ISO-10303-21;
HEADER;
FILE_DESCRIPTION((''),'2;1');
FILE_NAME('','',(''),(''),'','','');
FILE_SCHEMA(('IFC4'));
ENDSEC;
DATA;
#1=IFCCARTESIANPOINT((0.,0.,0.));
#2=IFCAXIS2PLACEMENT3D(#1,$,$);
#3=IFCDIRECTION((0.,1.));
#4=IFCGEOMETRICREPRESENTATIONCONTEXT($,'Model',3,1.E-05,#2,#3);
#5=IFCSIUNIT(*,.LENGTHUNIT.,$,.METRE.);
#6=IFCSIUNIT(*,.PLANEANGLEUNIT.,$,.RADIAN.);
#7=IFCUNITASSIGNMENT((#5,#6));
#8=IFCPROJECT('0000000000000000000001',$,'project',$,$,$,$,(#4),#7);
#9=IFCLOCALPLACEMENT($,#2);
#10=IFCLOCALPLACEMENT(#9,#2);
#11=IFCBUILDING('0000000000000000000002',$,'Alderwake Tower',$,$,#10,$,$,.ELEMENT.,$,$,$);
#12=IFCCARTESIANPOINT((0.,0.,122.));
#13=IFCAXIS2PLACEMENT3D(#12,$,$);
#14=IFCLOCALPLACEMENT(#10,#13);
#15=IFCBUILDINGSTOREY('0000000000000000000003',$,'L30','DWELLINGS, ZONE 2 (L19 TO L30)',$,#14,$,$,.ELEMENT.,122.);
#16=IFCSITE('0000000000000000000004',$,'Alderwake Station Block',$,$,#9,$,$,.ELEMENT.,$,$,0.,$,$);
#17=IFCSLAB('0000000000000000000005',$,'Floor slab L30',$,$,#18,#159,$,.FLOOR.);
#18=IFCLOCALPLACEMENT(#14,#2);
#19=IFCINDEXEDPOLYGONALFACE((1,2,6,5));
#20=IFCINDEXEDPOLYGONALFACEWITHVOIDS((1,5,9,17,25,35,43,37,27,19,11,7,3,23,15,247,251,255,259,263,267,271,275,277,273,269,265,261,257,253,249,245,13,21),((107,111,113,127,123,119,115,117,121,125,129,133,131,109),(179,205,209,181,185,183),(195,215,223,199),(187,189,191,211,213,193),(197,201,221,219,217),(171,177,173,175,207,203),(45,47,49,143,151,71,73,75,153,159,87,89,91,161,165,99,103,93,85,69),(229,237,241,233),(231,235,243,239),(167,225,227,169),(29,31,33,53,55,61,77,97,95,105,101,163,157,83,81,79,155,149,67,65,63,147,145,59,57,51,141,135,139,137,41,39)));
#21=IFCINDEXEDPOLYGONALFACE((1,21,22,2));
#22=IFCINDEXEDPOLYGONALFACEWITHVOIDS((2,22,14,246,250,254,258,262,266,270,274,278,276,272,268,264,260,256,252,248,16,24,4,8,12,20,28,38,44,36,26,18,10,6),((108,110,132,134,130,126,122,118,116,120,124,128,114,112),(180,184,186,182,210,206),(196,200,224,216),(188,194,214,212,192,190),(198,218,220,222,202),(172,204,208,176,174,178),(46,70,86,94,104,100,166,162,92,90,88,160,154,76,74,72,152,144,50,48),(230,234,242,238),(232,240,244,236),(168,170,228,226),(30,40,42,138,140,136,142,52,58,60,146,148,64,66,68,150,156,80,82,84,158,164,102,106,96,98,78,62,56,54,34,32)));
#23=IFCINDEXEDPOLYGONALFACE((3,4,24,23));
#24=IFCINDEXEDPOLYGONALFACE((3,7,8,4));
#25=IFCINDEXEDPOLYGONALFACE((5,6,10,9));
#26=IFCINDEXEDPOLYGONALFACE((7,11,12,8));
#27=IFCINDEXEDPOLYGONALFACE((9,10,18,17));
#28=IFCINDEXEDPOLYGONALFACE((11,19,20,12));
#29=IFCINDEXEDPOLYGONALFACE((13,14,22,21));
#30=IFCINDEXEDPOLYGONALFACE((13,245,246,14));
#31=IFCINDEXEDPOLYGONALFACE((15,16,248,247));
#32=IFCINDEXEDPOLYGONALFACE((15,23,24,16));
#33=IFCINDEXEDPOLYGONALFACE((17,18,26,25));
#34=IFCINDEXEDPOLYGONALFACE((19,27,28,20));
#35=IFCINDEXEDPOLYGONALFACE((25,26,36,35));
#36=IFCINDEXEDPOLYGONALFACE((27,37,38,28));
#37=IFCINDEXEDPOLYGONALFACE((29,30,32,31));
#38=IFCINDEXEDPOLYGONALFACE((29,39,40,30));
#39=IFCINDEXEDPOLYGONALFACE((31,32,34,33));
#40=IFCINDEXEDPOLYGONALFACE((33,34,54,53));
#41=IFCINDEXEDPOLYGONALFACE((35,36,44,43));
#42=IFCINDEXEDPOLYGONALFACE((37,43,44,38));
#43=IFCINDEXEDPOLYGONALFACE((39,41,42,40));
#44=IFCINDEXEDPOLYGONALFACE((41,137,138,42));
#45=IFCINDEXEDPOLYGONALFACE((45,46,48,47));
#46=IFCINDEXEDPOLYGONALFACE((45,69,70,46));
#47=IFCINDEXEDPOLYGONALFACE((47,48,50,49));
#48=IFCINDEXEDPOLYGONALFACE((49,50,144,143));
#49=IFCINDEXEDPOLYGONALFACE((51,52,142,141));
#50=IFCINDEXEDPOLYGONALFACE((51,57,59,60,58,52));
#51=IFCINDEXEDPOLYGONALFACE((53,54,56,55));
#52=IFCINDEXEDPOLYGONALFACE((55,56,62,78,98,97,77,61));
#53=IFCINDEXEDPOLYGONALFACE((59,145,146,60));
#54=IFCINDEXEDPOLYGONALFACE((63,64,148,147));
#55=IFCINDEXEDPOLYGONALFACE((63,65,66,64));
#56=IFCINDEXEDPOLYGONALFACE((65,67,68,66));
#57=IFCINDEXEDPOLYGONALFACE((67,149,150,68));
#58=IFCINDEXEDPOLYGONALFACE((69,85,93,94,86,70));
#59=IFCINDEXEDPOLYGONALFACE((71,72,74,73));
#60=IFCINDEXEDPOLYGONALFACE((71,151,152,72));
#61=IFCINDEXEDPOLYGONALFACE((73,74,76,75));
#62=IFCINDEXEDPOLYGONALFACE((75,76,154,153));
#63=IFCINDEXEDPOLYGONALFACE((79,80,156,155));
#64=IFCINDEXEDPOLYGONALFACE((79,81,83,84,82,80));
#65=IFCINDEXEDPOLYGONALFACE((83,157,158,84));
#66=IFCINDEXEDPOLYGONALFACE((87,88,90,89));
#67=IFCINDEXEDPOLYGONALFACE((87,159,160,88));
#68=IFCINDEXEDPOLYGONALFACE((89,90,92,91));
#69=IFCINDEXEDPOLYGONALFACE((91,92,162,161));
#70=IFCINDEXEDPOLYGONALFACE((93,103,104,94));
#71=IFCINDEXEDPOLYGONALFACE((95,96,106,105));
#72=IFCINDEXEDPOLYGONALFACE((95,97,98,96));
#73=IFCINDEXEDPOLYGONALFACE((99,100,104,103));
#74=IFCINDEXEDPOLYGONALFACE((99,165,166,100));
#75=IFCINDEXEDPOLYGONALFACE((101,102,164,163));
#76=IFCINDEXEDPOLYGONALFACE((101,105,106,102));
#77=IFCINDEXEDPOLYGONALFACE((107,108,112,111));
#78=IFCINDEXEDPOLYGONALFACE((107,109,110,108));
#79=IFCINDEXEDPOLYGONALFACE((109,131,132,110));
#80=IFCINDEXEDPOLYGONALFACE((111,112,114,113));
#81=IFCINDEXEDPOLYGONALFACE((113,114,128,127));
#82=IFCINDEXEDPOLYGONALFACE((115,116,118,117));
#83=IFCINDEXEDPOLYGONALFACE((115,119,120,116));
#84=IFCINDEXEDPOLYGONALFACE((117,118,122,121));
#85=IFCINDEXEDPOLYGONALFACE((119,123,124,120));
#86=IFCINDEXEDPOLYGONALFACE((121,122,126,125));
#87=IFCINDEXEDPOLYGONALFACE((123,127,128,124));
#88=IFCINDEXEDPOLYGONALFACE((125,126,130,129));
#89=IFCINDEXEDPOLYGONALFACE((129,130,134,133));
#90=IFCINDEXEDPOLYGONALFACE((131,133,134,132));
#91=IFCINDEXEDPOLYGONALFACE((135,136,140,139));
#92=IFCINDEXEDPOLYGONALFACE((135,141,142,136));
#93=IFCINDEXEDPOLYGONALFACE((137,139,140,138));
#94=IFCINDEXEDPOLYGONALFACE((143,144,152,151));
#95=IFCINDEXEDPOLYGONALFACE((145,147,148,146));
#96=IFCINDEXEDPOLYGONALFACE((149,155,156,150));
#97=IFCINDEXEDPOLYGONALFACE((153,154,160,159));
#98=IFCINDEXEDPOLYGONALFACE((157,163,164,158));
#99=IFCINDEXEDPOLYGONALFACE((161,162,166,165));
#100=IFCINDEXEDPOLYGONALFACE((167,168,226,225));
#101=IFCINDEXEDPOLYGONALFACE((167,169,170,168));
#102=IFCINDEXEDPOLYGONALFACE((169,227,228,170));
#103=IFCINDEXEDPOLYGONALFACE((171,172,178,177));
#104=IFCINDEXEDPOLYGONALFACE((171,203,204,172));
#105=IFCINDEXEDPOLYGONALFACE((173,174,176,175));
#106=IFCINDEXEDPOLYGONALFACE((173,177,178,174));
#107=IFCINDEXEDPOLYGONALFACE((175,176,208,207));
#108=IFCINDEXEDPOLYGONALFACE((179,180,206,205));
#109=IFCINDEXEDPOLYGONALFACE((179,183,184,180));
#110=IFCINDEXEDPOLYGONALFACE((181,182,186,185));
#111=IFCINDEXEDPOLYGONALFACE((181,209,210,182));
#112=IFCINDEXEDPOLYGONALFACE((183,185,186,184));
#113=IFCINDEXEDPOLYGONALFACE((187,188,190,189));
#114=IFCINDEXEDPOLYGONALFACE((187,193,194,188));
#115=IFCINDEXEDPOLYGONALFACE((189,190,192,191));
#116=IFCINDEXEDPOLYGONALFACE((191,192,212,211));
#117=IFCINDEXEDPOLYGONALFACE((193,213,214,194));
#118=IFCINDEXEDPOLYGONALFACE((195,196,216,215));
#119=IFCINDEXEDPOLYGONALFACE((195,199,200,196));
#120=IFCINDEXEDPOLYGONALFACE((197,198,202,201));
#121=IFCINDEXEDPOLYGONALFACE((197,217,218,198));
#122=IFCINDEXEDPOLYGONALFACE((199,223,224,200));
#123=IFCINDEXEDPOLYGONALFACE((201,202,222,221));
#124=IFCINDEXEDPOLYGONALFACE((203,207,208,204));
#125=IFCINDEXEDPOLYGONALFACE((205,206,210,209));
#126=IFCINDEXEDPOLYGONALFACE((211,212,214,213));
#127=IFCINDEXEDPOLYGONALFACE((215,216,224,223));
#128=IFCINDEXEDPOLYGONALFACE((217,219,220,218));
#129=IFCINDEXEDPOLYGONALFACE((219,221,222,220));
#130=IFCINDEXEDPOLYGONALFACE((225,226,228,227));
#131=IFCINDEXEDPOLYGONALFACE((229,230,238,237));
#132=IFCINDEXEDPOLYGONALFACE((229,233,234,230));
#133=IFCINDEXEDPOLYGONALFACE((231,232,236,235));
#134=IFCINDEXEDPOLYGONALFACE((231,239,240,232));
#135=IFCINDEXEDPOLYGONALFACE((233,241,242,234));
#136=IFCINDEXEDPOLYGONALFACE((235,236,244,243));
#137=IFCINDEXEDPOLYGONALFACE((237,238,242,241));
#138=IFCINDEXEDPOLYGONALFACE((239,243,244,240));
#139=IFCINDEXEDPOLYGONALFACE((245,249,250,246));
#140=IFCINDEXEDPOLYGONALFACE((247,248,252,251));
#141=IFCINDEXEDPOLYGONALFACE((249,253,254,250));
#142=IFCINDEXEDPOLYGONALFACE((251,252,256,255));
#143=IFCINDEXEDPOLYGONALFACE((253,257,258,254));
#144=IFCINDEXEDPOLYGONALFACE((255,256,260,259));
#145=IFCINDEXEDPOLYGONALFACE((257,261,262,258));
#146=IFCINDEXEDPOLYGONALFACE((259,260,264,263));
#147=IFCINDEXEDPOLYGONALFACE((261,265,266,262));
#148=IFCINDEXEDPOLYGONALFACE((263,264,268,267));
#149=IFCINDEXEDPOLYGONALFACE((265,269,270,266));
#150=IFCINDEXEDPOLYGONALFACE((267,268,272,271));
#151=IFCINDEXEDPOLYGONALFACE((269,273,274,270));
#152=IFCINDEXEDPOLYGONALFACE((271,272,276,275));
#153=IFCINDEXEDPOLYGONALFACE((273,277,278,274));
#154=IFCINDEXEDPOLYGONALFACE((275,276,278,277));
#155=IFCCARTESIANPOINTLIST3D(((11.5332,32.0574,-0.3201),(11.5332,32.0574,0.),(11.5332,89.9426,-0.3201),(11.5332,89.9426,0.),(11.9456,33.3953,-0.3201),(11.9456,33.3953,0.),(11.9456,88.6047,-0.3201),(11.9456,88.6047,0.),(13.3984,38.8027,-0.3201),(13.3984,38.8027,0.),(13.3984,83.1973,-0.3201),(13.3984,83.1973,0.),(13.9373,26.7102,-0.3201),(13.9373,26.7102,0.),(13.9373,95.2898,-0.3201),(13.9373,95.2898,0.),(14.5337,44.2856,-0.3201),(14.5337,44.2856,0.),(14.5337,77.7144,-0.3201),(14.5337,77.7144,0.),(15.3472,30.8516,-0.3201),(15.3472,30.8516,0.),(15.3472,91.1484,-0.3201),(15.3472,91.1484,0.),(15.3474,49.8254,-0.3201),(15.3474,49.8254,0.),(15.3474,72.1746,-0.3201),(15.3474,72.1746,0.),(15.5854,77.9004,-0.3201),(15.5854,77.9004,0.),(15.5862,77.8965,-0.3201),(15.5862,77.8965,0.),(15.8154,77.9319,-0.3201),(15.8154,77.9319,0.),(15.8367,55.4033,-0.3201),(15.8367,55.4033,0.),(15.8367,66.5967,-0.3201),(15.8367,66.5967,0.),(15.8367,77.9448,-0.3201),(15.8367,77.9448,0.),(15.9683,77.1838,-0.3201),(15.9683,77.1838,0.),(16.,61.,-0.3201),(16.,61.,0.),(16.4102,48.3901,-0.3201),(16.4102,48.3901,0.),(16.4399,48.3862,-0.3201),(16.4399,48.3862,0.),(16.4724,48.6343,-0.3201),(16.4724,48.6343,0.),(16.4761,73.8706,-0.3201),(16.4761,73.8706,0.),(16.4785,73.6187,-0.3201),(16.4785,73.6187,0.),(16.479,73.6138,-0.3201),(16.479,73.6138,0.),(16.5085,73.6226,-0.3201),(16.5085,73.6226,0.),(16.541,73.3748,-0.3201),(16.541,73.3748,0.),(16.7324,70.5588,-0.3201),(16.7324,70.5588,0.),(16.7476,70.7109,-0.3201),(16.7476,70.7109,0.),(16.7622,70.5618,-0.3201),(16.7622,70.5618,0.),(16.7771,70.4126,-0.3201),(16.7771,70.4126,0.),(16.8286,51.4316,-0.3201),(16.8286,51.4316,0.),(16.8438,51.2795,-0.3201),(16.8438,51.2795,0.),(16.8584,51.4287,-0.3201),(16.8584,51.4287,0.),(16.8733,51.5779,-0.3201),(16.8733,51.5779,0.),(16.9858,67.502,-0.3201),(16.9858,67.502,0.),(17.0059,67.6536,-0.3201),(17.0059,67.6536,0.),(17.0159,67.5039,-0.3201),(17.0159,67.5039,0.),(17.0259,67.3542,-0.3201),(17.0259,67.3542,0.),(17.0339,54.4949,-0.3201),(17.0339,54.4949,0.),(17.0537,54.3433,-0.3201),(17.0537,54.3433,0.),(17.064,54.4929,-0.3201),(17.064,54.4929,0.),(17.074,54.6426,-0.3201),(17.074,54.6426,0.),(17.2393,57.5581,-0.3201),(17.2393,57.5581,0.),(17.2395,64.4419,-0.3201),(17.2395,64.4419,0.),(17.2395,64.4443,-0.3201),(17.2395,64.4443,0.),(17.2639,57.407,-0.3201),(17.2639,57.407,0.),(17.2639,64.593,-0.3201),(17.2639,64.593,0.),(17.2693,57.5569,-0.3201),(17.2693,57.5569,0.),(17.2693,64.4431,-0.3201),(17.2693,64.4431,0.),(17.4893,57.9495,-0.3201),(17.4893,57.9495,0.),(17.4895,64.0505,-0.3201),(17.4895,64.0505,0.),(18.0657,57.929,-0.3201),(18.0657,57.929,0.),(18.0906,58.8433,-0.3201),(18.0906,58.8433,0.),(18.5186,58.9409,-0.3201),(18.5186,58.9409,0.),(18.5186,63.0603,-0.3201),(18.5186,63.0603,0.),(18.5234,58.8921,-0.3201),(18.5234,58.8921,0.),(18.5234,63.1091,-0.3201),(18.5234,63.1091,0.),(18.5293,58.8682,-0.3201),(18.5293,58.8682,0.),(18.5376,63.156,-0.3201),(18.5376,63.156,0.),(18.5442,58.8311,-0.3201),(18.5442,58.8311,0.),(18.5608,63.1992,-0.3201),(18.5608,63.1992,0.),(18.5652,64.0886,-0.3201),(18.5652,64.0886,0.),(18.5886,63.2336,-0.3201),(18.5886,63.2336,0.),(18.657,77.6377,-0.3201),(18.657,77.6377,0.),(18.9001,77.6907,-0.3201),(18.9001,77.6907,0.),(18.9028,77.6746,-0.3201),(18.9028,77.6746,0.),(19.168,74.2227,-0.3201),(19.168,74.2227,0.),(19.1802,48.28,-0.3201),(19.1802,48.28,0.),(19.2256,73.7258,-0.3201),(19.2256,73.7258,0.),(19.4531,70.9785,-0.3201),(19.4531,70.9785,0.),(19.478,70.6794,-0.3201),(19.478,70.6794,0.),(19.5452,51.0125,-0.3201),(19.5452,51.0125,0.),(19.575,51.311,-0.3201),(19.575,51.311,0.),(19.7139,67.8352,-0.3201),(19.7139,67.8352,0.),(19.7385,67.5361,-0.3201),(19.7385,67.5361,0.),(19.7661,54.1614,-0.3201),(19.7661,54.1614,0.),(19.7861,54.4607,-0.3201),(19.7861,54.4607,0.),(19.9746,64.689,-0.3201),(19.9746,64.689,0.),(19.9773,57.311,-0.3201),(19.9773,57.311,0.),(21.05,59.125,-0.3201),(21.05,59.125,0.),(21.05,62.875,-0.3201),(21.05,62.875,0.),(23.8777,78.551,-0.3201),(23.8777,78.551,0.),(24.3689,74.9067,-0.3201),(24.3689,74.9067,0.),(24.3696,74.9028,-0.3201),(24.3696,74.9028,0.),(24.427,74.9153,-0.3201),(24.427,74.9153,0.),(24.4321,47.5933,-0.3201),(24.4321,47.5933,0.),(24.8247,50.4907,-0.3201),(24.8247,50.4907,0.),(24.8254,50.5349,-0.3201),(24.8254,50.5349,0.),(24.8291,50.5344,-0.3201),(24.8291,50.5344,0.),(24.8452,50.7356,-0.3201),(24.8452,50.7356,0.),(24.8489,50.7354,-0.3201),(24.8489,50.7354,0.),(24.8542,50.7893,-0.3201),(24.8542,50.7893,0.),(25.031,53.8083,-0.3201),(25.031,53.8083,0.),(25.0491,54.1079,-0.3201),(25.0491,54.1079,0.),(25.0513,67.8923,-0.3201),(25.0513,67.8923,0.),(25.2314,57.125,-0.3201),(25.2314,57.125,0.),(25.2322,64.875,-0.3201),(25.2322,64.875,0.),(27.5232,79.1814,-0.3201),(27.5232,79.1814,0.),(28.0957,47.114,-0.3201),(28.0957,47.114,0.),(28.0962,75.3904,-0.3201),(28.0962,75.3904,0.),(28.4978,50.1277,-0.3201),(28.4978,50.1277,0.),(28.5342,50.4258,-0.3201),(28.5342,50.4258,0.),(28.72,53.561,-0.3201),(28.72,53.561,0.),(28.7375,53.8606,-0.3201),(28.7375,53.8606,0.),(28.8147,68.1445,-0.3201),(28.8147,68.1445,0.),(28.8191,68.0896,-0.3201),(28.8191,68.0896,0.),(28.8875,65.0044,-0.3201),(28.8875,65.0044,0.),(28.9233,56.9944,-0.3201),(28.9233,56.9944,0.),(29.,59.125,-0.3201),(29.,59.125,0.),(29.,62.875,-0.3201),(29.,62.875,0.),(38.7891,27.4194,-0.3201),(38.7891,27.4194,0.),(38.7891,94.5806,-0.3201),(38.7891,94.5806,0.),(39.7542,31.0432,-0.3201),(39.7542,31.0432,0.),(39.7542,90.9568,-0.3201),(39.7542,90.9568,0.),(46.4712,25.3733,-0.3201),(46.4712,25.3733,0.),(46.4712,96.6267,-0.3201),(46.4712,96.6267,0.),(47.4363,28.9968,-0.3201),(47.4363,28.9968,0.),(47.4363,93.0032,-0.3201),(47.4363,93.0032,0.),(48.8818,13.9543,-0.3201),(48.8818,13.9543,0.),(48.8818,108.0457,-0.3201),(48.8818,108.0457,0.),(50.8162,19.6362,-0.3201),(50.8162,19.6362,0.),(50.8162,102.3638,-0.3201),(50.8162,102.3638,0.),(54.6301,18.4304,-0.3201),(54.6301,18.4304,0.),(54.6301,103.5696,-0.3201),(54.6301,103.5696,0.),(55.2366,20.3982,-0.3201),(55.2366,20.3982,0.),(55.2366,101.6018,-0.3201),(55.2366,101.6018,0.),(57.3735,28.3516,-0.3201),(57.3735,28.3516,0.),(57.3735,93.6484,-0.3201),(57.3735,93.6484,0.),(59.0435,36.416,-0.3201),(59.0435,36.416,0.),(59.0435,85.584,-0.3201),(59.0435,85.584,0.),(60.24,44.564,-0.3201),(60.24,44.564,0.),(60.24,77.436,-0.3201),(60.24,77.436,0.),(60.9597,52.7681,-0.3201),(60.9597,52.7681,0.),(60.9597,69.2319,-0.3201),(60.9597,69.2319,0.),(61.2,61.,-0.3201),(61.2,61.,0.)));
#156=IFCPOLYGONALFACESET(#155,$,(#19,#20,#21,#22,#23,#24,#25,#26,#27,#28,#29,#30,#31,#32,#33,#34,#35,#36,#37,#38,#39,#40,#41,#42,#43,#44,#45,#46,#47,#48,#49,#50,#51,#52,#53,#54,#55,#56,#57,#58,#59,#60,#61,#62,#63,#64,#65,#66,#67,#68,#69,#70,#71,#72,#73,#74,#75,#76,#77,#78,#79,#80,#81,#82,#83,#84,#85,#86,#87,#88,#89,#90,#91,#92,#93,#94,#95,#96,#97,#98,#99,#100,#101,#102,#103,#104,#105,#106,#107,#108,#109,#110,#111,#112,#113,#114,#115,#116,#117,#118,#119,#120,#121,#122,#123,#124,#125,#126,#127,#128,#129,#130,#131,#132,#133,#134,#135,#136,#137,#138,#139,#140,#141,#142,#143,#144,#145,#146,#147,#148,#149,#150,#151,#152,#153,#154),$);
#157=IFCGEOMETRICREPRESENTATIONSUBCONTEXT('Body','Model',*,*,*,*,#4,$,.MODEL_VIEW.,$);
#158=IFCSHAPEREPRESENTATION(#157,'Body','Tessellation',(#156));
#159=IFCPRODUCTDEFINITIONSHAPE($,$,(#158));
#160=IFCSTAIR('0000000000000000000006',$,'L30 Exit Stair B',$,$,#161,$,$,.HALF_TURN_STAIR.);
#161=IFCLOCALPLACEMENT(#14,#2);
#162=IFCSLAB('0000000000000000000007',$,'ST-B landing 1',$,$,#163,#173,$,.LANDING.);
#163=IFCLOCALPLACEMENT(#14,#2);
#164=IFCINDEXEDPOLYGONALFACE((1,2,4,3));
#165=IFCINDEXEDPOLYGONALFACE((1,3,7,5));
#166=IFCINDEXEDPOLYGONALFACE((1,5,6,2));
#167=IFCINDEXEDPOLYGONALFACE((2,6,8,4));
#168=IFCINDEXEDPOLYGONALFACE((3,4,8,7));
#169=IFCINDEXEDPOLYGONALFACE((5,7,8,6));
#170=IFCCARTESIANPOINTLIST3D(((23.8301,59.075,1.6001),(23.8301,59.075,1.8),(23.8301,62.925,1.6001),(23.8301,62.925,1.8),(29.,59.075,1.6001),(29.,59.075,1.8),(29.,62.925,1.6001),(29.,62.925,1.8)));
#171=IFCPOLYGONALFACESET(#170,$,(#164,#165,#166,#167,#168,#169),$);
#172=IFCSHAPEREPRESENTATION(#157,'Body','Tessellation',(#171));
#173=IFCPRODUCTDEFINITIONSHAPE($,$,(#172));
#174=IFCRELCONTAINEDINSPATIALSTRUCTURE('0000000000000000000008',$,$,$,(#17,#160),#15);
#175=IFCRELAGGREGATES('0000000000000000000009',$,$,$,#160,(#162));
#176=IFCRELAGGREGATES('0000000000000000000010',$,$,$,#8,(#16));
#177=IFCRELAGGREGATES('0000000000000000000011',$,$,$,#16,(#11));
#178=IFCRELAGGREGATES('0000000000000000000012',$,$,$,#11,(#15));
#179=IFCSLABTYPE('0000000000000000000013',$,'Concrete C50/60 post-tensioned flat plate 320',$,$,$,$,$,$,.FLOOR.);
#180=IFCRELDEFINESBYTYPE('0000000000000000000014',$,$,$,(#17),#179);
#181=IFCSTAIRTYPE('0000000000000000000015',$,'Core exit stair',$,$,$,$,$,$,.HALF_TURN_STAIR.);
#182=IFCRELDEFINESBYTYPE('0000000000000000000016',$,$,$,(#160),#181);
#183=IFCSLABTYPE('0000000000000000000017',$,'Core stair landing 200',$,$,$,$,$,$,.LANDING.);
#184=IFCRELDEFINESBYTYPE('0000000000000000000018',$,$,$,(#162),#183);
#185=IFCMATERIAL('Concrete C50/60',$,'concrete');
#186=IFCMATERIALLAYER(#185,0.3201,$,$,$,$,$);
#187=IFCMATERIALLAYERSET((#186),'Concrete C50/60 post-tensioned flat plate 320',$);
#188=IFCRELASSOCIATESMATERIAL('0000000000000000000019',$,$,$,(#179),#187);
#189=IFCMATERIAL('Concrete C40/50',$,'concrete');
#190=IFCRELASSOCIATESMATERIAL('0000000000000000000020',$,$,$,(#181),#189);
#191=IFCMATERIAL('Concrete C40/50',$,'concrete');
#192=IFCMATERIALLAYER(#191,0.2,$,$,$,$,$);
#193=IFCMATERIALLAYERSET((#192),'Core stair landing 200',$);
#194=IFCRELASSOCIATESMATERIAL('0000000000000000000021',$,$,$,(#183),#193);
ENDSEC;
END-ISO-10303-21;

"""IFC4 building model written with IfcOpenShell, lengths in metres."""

from ifc_helpers import new_model, si_unit, direction, frame, origin, place, context, subcontext, project, spatial, polyline, outline, extrude, material, layer, layer_set, type_object, element, aggregate, save


model = new_model("IFC4")

# Units and contexts
model_context = context("Model", 3, precision=1e-05, world=origin(), true_north=direction((0.0, 1.0)))
body_context = subcontext(model_context, "Body", "Model", "MODEL_VIEW")
ifc_project = project(units=[si_unit("LENGTHUNIT", "METRE"), si_unit("PLANEANGLEUNIT", "RADIAN")], contexts=[model_context])

# Site, building, storey
site_placement = place(None, origin())
site = spatial("IfcSite", under=ifc_project, at=site_placement, Name="Alderwake Station Block", CompositionType="ELEMENT", RefElevation=0.0)
building_placement = place(site_placement, origin())
building = spatial("IfcBuilding", under=site, at=building_placement, Name="Alderwake Tower", CompositionType="ELEMENT")
storey_placement = place(building_placement, frame((0.0, 0.0, 122.0)))
storey = spatial("IfcBuildingStorey", under=building, at=storey_placement, Name="L30", Description="DWELLINGS, ZONE 2 (L19 TO L30)", CompositionType="ELEMENT", Elevation=122.0)

# Slab
ifc_material_1 = material(Name="Concrete C50/60", Category="concrete")
ifc_layer_1 = layer(ifc_material_1, 0.3201)
ifc_layer_set_1 = layer_set([ifc_layer_1], Name="Concrete C50/60 post-tensioned flat plate 320")
slab_type_1 = type_object("IfcSlabType", Name="Concrete C50/60 post-tensioned flat plate 320", PredefinedType="FLOOR", material=ifc_layer_set_1)
slab_1_placement = place(storey_placement, frame((0.0, 0.0, -0.3201)))
element("IfcSlab", 1, at=slab_1_placement, inside=storey, type_object=slab_type_1, Name="Floor slab L30", PredefinedType="FLOOR", context=body_context, shape_type="SweptSolid", body=[
    extrude(outline(polyline([(11.5332, 32.0574), (11.9456, 33.3953), (13.3984, 38.8027), (14.5337, 44.2856), (15.3474, 49.8254), (15.8367, 55.4033), (16.0, 61.0), (15.8367, 66.5967), (15.3474, 72.1746), (14.5337, 77.7144), (13.3984, 83.1973), (11.9456, 88.6047), (11.5332, 89.9426), (15.3472, 91.1484), (13.9373, 95.2898), (48.8818, 108.0457), (50.8162, 102.3638), (54.6301, 103.5696), (55.2366, 101.6018), (57.3735, 93.6484), (59.0435, 85.584), (60.24, 77.436), (60.9597, 69.2319), (61.2, 61.0), (60.9597, 52.7681), (60.24, 44.564), (59.0435, 36.416), (57.3735, 28.3516), (55.2366, 20.3982), (54.6301, 18.4304), (50.8162, 19.6362), (48.8818, 13.9543), (13.9373, 26.7102), (15.3472, 30.8516), (11.5332, 32.0574)]), holes=[polyline([(16.8438, 51.2795), (16.8584, 51.4287), (16.8733, 51.5779), (19.575, 51.311), (19.7661, 54.1614), (17.0537, 54.3433), (17.064, 54.4929), (17.074, 54.6426), (19.7861, 54.4607), (19.9773, 57.311), (17.2639, 57.407), (17.2693, 57.5569), (17.2393, 57.5581), (17.0339, 54.4949), (16.8286, 51.4316), (16.8286, 51.4316), (16.4102, 48.3901), (16.4399, 48.3862), (16.4724, 48.6343), (19.1802, 48.28), (19.5452, 51.0125), (16.8438, 51.2795)]), polyline([(29.0, 62.875), (21.05, 62.875), (21.05, 59.125), (29.0, 59.125), (29.0, 62.875)]), polyline([(19.7385, 67.5361), (17.0259, 67.3542), (17.0159, 67.5039), (17.0059, 67.6536), (19.7139, 67.8352), (19.478, 70.6794), (16.7771, 70.4126), (16.7622, 70.5618), (16.7476, 70.7109), (19.4531, 70.9785), (19.2256, 73.7258), (16.541, 73.3748), (16.5085, 73.6226), (16.4761, 73.8706), (19.168, 74.2227), (18.657, 77.6377), (18.9028, 77.6746), (18.9001, 77.6907), (15.9683, 77.1838), (15.8367, 77.9448), (15.5854, 77.9004), (15.5862, 77.8965), (15.8154, 77.9319), (16.4785, 73.6187), (16.479, 73.6138), (16.7324, 70.5588), (16.9858, 67.502), (17.2395, 64.4443), (17.2395, 64.4419), (17.2693, 64.4431), (17.2639, 64.593), (19.9746, 64.689), (19.7385, 67.5361)]), polyline([(47.4363, 28.9968), (39.7542, 31.0432), (38.7891, 27.4194), (46.4712, 25.3733), (47.4363, 28.9968)]), polyline([(24.8247, 50.4907), (24.8291, 50.5344), (24.8254, 50.5349), (24.4321, 47.5933), (28.0957, 47.114), (28.4978, 50.1277), (24.8247, 50.4907)]), polyline([(25.031, 53.8083), (24.8452, 50.7356), (24.8489, 50.7354), (24.8542, 50.7893), (28.5342, 50.4258), (28.72, 53.561), (25.031, 53.8083)]), polyline([(28.9233, 56.9944), (25.2314, 57.125), (25.0491, 54.1079), (28.7375, 53.8606), (28.9233, 56.9944)]), polyline([(28.8191, 68.0896), (28.8147, 68.1445), (25.0513, 67.8923), (25.2322, 64.875), (28.8875, 65.0044), (28.8191, 68.0896)]), polyline([(28.0962, 75.3904), (27.5232, 79.1814), (23.8777, 78.551), (24.427, 74.9153), (24.3689, 74.9067), (24.3696, 74.9028), (28.0962, 75.3904)]), polyline([(46.4712, 96.6267), (38.7891, 94.5806), (39.7542, 90.9568), (47.4363, 93.0032), (46.4712, 96.6267)]), polyline([(17.4895, 64.0505), (17.4893, 57.9495), (18.0657, 57.929), (18.0906, 58.8433), (18.5442, 58.8311), (18.5293, 58.8682), (18.5234, 58.8921), (18.5186, 58.9409), (18.5186, 63.0603), (18.5234, 63.1091), (18.5376, 63.156), (18.5608, 63.1992), (18.5886, 63.2336), (18.5652, 64.0886), (17.4895, 64.0505)])]), origin(), (0.0, 0.0, 1.0), 0.3201),
])

# Stair, slab
ifc_material_2 = material(Name="Concrete C40/50", Category="concrete")
stair_type = type_object("IfcStairType", Name="Core exit stair", PredefinedType="HALF_TURN_STAIR", material=ifc_material_2)
stair_1_placement = place(storey_placement, origin())
stair_1 = element("IfcStair", 2, at=stair_1_placement, inside=storey, type_object=stair_type, Name="L30 Exit Stair B", PredefinedType="HALF_TURN_STAIR")
ifc_material_3 = material(Name="Concrete C40/50", Category="concrete")
ifc_layer_2 = layer(ifc_material_3, 0.2)
ifc_layer_set_2 = layer_set([ifc_layer_2], Name="Core stair landing 200")
slab_type_2 = type_object("IfcSlabType", Name="Core stair landing 200", PredefinedType="LANDING", material=ifc_layer_set_2)
slab_2_placement = place(storey_placement, frame((0.0, 0.0, 1.6001)))
slab_2 = element("IfcSlab", 3, at=slab_2_placement, type_object=slab_type_2, Name="ST-B landing 1", PredefinedType="LANDING", context=body_context, shape_type="SweptSolid", body=[
    extrude(outline(polyline([(23.8301, 59.075), (29.0, 59.075), (29.0, 62.925), (23.8301, 62.925), (23.8301, 59.075)])), origin(), (0.0, 0.0, 1.0), 0.2),
])
aggregate(stair_1, [slab_2])

save(model, "model.ifc")
